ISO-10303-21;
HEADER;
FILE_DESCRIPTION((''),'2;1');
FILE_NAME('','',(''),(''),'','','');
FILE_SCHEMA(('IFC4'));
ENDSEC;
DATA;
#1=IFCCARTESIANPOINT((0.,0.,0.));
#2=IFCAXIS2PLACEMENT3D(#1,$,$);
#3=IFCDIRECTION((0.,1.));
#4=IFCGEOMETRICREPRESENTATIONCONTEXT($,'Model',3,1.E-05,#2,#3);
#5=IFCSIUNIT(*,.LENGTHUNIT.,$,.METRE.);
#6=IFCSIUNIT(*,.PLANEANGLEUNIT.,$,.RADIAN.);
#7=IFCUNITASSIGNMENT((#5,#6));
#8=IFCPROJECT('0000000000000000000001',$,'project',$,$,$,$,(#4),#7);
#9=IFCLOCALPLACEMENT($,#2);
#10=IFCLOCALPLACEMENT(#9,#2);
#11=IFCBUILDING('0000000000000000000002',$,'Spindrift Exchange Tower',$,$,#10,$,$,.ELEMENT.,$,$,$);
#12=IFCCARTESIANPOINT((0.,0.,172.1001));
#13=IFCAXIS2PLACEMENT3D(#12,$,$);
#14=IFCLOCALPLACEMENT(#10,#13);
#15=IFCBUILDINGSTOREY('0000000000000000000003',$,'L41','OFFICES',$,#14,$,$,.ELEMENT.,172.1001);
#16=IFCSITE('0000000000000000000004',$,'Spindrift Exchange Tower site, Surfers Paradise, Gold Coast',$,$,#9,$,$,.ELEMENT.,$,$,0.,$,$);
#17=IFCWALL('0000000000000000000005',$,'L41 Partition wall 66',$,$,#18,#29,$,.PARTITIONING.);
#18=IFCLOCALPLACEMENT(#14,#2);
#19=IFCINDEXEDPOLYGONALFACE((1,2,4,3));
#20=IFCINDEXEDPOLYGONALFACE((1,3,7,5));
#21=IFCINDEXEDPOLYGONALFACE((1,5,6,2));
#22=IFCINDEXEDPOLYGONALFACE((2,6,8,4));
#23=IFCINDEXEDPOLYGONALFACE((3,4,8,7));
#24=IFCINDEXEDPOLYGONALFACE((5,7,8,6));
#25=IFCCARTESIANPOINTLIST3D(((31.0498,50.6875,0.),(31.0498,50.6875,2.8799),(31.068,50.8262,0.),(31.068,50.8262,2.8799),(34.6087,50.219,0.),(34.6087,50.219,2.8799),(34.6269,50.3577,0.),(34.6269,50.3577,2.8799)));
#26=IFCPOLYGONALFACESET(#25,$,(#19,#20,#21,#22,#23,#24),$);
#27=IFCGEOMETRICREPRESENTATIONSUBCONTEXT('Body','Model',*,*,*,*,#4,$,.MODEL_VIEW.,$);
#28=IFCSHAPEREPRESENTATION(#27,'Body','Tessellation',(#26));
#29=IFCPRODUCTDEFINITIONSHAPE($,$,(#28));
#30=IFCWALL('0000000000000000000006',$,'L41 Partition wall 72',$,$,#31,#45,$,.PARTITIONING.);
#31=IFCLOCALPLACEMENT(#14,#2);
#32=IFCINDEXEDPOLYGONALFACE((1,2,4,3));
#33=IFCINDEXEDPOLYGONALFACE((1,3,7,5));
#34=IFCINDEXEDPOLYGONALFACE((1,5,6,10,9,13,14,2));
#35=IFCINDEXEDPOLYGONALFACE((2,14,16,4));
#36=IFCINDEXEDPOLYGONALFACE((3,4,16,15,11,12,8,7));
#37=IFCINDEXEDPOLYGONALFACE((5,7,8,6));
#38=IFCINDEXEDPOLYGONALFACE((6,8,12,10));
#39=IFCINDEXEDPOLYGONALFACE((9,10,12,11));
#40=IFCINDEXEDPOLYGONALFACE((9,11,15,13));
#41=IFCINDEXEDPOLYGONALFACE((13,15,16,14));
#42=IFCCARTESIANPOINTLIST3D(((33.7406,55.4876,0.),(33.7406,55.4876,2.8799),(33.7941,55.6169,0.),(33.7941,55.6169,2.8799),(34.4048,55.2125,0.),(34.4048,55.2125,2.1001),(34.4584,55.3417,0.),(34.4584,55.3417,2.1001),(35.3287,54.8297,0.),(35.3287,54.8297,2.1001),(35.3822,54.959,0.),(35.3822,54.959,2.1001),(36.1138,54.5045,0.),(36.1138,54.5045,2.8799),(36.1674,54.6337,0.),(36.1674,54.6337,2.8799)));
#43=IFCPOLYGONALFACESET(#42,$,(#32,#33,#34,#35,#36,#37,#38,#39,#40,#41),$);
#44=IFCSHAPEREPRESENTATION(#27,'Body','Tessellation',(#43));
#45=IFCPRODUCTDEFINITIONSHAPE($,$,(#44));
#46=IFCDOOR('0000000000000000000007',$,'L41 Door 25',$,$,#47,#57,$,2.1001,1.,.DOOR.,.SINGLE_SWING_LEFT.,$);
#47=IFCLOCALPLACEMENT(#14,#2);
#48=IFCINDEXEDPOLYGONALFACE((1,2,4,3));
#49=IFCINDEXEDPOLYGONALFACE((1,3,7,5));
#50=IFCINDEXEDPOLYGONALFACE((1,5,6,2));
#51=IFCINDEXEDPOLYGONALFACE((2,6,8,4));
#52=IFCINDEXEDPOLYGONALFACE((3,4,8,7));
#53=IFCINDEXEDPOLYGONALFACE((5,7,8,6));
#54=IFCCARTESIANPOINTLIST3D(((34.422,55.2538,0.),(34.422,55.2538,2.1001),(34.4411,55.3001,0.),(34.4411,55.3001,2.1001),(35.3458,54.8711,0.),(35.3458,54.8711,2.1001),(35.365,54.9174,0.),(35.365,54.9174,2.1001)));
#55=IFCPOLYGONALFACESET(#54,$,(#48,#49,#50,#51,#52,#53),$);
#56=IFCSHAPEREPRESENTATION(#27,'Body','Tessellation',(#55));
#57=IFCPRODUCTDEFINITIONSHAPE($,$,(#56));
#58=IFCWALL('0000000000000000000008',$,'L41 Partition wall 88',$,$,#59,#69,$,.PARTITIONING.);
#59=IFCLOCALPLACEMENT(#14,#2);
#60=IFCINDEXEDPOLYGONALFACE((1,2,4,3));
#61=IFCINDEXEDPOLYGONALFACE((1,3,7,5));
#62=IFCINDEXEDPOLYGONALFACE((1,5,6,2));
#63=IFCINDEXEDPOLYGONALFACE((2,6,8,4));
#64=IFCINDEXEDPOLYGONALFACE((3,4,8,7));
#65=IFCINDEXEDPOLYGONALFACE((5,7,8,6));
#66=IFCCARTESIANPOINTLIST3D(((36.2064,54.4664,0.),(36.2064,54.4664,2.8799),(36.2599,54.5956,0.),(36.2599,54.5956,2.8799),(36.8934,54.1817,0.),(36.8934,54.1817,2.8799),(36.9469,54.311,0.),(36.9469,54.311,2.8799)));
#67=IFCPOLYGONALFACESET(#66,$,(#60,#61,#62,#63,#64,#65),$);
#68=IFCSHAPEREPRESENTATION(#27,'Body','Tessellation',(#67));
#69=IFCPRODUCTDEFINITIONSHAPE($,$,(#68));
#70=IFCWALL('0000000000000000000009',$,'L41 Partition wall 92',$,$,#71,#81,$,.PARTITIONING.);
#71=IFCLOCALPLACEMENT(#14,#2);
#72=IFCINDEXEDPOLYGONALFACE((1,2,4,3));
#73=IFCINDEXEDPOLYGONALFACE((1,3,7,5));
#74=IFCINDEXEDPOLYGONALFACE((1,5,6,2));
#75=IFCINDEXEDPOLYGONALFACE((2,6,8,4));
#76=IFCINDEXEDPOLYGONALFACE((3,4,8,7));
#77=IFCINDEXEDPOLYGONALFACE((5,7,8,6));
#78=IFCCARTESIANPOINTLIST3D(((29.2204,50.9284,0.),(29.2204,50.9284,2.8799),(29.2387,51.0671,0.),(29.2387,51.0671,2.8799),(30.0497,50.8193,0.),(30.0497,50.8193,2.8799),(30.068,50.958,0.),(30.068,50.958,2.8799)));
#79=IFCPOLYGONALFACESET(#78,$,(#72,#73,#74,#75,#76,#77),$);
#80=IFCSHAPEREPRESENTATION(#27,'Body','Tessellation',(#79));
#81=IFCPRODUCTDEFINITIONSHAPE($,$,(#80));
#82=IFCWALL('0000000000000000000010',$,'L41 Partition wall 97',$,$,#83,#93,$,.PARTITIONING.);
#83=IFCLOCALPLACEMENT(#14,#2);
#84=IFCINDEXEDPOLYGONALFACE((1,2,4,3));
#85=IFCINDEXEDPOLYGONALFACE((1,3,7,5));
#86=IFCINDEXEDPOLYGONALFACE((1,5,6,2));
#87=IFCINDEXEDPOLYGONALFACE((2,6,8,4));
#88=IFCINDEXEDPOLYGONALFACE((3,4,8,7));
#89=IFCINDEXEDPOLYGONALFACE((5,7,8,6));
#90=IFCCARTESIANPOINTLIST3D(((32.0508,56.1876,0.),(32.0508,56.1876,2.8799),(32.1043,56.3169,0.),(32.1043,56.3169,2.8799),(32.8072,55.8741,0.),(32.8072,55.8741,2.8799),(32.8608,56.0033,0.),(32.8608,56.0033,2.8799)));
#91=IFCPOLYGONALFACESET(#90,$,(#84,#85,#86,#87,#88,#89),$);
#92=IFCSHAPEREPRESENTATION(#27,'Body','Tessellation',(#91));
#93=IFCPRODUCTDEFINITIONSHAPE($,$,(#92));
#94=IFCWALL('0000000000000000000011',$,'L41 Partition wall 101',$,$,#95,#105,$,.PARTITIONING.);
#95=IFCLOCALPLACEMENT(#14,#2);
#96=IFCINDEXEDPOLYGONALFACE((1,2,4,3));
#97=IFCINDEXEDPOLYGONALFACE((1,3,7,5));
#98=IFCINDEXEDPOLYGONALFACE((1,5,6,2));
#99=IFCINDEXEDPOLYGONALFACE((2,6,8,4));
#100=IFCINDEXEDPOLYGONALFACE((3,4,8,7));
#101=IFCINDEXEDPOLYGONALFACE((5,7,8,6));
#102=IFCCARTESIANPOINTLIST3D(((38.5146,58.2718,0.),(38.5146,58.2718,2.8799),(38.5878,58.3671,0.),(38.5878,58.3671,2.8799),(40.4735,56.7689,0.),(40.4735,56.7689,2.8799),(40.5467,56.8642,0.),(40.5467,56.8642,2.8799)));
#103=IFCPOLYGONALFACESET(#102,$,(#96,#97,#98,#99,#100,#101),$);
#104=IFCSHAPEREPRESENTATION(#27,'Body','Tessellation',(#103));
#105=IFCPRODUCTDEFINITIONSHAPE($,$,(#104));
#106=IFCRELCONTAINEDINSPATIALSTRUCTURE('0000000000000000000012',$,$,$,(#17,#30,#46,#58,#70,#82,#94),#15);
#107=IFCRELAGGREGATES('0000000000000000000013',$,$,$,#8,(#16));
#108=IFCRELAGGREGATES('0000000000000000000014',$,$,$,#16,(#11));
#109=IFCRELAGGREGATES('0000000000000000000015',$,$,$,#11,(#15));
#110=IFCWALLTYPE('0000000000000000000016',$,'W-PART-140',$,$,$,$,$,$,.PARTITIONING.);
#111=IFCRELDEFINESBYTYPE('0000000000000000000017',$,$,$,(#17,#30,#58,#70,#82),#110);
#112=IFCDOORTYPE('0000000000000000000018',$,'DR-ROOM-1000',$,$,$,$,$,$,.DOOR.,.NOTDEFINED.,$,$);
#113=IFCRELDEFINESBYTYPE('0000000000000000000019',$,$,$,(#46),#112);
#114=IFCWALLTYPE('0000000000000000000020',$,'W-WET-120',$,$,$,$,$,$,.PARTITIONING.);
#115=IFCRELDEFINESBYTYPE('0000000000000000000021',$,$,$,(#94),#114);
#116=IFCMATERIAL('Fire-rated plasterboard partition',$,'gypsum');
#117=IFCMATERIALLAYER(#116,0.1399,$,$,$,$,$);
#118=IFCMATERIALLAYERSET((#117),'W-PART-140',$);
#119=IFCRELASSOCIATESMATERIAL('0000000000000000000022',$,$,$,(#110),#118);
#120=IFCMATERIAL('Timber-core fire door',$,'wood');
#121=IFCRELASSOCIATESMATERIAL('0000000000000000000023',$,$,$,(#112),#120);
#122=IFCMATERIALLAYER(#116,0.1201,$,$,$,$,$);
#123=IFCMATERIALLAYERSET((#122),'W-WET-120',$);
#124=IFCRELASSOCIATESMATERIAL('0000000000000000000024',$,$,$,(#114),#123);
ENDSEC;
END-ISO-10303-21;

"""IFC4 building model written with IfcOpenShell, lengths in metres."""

from ifc_helpers import new_model, si_unit, direction, frame, frame_2d, origin, place, context, subcontext, project, spatial, rectangle, extrude, source, transform, mapped, material, layer, layer_set, type_object, element, fill, save


model = new_model("IFC4")

# Units and contexts
model_context = context("Model", 3, precision=1e-05, world=origin(), true_north=direction((0.0, 1.0)))
body_context = subcontext(model_context, "Body", "Model", "MODEL_VIEW")
ifc_project = project(units=[si_unit("LENGTHUNIT", "METRE"), si_unit("PLANEANGLEUNIT", "RADIAN")], contexts=[model_context])

# Site, building, storey
site_placement = place(None, origin())
site = spatial("IfcSite", under=ifc_project, at=site_placement, Name="Spindrift Exchange Tower site, Surfers Paradise, Gold Coast", CompositionType="ELEMENT", RefElevation=0.0)
building_placement = place(site_placement, origin())
building = spatial("IfcBuilding", under=site, at=building_placement, Name="Spindrift Exchange Tower", CompositionType="ELEMENT")
storey_placement = place(building_placement, frame((0.0, 0.0, 172.1001)))
storey = spatial("IfcBuildingStorey", under=building, at=storey_placement, Name="L41", Description="OFFICES", CompositionType="ELEMENT", Elevation=172.1001)

# Shared definitions
ifc_material_1 = material(Name="Fire-rated plasterboard partition", Category="gypsum")
ifc_layer_1 = layer(ifc_material_1, 0.1399)
ifc_layer_set_1 = layer_set([ifc_layer_1], Name="W-PART-140")
wall_type_1 = type_object("IfcWallType", Name="W-PART-140", PredefinedType="PARTITIONING", material=ifc_layer_set_1)
ifc_material_2 = material(Name="Timber-core fire door", Category="wood")
door_type = type_object("IfcDoorType", Name="DR-ROOM-1000", OperationType="NOTDEFINED", PredefinedType="DOOR", material=ifc_material_2)
shared_shape_1 = source(origin(), body_context, "Body", "SweptSolid", [
    extrude(rectangle(XDim=1.0, YDim=2.1001, at=frame_2d((0.5, 1.05))), frame((0.0, 0.0249, 0.0), z_axis=(0.0, -1.0, 0.0), x_axis=(1.0, 0.0, 0.0)), (0.0, 0.0, 1.0), 0.05),
])

# Wall
wall_1_placement = place(storey_placement, frame((34.6179, 50.2883, 0.0), z_axis=(0.0, 0.0, 1.0), x_axis=(-0.991446, 0.13052, 0.0)))
element("IfcWall", 1, at=wall_1_placement, inside=storey, type_object=wall_type_1, Name="L41 Partition wall 66", PredefinedType="PARTITIONING", context=body_context, shape_type="SweptSolid", body=[
    extrude(rectangle(XDim=3.5896, YDim=0.1399, at=frame_2d((1.7949, 0.0))), origin(), (0.0, 0.0, 1.0), 2.8799),
])

# Wall, opening, door
wall_2_placement = place(storey_placement, frame((33.7673, 55.5522, 0.0), z_axis=(0.0, 0.0, 1.0), x_axis=(0.923865, -0.382718, 0.0)))
wall_2 = element("IfcWall", 2, at=wall_2_placement, inside=storey, type_object=wall_type_1, Name="L41 Partition wall 72", PredefinedType="PARTITIONING", context=body_context, shape_type="SweptSolid", body=[
    extrude(rectangle(XDim=2.5688, YDim=0.1399, at=frame_2d((1.2844, 0.0))), origin(), (0.0, 0.0, 1.0), 2.8799),
])
opening_1_placement = place(wall_2_placement, frame((0.719, 0.0, 0.0)))
opening_1 = element("IfcOpeningElement", 3, at=opening_1_placement, cuts=wall_2, PredefinedType="OPENING", context=body_context, shape_type="SweptSolid", body=[
    extrude(rectangle(XDim=1.0, YDim=2.1001, at=frame_2d((0.5, 1.05))), frame((0.0, 0.0798, 0.0), z_axis=(0.0, -1.0, 0.0), x_axis=(1.0, 0.0, 0.0)), (0.0, 0.0, 1.0), 0.1599),
])
door_1_placement = place(opening_1_placement, origin())
door_1 = element("IfcDoor", 4, at=door_1_placement, inside=storey, type_object=door_type, Name="L41 Door 25", OperationType="SINGLE_SWING_LEFT", OverallHeight=2.1001, OverallWidth=1.0, PredefinedType="DOOR", context=body_context, shape_type="MappedRepresentation", body=[
    mapped(shared_shape_1, transform((0.0, 0.0, 0.0), scale=1.0)),
])
fill(opening_1, door_1)

# Walls
wall_3_placement = place(storey_placement, frame((36.9202, 54.2463, 0.0), z_axis=(0.0, 0.0, 1.0), x_axis=(-0.923833, 0.382796, 0.0)))
element("IfcWall", 5, at=wall_3_placement, inside=storey, type_object=wall_type_1, Name="L41 Partition wall 88", PredefinedType="PARTITIONING", context=body_context, shape_type="SweptSolid", body=[
    extrude(rectangle(XDim=0.7437, YDim=0.1399, at=frame_2d((0.3718, 0.0))), origin(), (0.0, 0.0, 1.0), 2.8799),
])
wall_4_placement = place(storey_placement, frame((30.0588, 50.8887, 0.0), z_axis=(0.0, 0.0, 1.0), x_axis=(-0.991453, 0.130462, 0.0)))
element("IfcWall", 6, at=wall_4_placement, inside=storey, type_object=wall_type_1, Name="L41 Partition wall 92", PredefinedType="PARTITIONING", context=body_context, shape_type="SweptSolid", body=[
    extrude(rectangle(XDim=0.8364, YDim=0.1399, at=frame_2d((0.4182, 0.0))), origin(), (0.0, 0.0, 1.0), 2.8799),
])
wall_5_placement = place(storey_placement, frame((32.834, 55.9387, 0.0), z_axis=(0.0, 0.0, 1.0), x_axis=(-0.923799, 0.382878, 0.0)))
element("IfcWall", 7, at=wall_5_placement, inside=storey, type_object=wall_type_1, Name="L41 Partition wall 97", PredefinedType="PARTITIONING", context=body_context, shape_type="SweptSolid", body=[
    extrude(rectangle(XDim=0.8188, YDim=0.1399, at=frame_2d((0.4094, 0.0))), origin(), (0.0, 0.0, 1.0), 2.8799),
])
ifc_layer_2 = layer(ifc_material_1, 0.1201)
ifc_layer_set_2 = layer_set([ifc_layer_2], Name="W-WET-120")
wall_type_2 = type_object("IfcWallType", Name="W-WET-120", PredefinedType="PARTITIONING", material=ifc_layer_set_2)
wall_6_placement = place(storey_placement, frame((40.51, 56.8167, 0.0), z_axis=(0.0, 0.0, 1.0), x_axis=(-0.793403, 0.608697, 0.0)))
element("IfcWall", 8, at=wall_6_placement, inside=storey, type_object=wall_type_2, Name="L41 Partition wall 101", PredefinedType="PARTITIONING", context=body_context, shape_type="SweptSolid", body=[
    extrude(rectangle(XDim=2.469, YDim=0.1201, at=frame_2d((1.2344, 0.0))), origin(), (0.0, 0.0, 1.0), 2.8799),
])

save(model, "model.ifc")
